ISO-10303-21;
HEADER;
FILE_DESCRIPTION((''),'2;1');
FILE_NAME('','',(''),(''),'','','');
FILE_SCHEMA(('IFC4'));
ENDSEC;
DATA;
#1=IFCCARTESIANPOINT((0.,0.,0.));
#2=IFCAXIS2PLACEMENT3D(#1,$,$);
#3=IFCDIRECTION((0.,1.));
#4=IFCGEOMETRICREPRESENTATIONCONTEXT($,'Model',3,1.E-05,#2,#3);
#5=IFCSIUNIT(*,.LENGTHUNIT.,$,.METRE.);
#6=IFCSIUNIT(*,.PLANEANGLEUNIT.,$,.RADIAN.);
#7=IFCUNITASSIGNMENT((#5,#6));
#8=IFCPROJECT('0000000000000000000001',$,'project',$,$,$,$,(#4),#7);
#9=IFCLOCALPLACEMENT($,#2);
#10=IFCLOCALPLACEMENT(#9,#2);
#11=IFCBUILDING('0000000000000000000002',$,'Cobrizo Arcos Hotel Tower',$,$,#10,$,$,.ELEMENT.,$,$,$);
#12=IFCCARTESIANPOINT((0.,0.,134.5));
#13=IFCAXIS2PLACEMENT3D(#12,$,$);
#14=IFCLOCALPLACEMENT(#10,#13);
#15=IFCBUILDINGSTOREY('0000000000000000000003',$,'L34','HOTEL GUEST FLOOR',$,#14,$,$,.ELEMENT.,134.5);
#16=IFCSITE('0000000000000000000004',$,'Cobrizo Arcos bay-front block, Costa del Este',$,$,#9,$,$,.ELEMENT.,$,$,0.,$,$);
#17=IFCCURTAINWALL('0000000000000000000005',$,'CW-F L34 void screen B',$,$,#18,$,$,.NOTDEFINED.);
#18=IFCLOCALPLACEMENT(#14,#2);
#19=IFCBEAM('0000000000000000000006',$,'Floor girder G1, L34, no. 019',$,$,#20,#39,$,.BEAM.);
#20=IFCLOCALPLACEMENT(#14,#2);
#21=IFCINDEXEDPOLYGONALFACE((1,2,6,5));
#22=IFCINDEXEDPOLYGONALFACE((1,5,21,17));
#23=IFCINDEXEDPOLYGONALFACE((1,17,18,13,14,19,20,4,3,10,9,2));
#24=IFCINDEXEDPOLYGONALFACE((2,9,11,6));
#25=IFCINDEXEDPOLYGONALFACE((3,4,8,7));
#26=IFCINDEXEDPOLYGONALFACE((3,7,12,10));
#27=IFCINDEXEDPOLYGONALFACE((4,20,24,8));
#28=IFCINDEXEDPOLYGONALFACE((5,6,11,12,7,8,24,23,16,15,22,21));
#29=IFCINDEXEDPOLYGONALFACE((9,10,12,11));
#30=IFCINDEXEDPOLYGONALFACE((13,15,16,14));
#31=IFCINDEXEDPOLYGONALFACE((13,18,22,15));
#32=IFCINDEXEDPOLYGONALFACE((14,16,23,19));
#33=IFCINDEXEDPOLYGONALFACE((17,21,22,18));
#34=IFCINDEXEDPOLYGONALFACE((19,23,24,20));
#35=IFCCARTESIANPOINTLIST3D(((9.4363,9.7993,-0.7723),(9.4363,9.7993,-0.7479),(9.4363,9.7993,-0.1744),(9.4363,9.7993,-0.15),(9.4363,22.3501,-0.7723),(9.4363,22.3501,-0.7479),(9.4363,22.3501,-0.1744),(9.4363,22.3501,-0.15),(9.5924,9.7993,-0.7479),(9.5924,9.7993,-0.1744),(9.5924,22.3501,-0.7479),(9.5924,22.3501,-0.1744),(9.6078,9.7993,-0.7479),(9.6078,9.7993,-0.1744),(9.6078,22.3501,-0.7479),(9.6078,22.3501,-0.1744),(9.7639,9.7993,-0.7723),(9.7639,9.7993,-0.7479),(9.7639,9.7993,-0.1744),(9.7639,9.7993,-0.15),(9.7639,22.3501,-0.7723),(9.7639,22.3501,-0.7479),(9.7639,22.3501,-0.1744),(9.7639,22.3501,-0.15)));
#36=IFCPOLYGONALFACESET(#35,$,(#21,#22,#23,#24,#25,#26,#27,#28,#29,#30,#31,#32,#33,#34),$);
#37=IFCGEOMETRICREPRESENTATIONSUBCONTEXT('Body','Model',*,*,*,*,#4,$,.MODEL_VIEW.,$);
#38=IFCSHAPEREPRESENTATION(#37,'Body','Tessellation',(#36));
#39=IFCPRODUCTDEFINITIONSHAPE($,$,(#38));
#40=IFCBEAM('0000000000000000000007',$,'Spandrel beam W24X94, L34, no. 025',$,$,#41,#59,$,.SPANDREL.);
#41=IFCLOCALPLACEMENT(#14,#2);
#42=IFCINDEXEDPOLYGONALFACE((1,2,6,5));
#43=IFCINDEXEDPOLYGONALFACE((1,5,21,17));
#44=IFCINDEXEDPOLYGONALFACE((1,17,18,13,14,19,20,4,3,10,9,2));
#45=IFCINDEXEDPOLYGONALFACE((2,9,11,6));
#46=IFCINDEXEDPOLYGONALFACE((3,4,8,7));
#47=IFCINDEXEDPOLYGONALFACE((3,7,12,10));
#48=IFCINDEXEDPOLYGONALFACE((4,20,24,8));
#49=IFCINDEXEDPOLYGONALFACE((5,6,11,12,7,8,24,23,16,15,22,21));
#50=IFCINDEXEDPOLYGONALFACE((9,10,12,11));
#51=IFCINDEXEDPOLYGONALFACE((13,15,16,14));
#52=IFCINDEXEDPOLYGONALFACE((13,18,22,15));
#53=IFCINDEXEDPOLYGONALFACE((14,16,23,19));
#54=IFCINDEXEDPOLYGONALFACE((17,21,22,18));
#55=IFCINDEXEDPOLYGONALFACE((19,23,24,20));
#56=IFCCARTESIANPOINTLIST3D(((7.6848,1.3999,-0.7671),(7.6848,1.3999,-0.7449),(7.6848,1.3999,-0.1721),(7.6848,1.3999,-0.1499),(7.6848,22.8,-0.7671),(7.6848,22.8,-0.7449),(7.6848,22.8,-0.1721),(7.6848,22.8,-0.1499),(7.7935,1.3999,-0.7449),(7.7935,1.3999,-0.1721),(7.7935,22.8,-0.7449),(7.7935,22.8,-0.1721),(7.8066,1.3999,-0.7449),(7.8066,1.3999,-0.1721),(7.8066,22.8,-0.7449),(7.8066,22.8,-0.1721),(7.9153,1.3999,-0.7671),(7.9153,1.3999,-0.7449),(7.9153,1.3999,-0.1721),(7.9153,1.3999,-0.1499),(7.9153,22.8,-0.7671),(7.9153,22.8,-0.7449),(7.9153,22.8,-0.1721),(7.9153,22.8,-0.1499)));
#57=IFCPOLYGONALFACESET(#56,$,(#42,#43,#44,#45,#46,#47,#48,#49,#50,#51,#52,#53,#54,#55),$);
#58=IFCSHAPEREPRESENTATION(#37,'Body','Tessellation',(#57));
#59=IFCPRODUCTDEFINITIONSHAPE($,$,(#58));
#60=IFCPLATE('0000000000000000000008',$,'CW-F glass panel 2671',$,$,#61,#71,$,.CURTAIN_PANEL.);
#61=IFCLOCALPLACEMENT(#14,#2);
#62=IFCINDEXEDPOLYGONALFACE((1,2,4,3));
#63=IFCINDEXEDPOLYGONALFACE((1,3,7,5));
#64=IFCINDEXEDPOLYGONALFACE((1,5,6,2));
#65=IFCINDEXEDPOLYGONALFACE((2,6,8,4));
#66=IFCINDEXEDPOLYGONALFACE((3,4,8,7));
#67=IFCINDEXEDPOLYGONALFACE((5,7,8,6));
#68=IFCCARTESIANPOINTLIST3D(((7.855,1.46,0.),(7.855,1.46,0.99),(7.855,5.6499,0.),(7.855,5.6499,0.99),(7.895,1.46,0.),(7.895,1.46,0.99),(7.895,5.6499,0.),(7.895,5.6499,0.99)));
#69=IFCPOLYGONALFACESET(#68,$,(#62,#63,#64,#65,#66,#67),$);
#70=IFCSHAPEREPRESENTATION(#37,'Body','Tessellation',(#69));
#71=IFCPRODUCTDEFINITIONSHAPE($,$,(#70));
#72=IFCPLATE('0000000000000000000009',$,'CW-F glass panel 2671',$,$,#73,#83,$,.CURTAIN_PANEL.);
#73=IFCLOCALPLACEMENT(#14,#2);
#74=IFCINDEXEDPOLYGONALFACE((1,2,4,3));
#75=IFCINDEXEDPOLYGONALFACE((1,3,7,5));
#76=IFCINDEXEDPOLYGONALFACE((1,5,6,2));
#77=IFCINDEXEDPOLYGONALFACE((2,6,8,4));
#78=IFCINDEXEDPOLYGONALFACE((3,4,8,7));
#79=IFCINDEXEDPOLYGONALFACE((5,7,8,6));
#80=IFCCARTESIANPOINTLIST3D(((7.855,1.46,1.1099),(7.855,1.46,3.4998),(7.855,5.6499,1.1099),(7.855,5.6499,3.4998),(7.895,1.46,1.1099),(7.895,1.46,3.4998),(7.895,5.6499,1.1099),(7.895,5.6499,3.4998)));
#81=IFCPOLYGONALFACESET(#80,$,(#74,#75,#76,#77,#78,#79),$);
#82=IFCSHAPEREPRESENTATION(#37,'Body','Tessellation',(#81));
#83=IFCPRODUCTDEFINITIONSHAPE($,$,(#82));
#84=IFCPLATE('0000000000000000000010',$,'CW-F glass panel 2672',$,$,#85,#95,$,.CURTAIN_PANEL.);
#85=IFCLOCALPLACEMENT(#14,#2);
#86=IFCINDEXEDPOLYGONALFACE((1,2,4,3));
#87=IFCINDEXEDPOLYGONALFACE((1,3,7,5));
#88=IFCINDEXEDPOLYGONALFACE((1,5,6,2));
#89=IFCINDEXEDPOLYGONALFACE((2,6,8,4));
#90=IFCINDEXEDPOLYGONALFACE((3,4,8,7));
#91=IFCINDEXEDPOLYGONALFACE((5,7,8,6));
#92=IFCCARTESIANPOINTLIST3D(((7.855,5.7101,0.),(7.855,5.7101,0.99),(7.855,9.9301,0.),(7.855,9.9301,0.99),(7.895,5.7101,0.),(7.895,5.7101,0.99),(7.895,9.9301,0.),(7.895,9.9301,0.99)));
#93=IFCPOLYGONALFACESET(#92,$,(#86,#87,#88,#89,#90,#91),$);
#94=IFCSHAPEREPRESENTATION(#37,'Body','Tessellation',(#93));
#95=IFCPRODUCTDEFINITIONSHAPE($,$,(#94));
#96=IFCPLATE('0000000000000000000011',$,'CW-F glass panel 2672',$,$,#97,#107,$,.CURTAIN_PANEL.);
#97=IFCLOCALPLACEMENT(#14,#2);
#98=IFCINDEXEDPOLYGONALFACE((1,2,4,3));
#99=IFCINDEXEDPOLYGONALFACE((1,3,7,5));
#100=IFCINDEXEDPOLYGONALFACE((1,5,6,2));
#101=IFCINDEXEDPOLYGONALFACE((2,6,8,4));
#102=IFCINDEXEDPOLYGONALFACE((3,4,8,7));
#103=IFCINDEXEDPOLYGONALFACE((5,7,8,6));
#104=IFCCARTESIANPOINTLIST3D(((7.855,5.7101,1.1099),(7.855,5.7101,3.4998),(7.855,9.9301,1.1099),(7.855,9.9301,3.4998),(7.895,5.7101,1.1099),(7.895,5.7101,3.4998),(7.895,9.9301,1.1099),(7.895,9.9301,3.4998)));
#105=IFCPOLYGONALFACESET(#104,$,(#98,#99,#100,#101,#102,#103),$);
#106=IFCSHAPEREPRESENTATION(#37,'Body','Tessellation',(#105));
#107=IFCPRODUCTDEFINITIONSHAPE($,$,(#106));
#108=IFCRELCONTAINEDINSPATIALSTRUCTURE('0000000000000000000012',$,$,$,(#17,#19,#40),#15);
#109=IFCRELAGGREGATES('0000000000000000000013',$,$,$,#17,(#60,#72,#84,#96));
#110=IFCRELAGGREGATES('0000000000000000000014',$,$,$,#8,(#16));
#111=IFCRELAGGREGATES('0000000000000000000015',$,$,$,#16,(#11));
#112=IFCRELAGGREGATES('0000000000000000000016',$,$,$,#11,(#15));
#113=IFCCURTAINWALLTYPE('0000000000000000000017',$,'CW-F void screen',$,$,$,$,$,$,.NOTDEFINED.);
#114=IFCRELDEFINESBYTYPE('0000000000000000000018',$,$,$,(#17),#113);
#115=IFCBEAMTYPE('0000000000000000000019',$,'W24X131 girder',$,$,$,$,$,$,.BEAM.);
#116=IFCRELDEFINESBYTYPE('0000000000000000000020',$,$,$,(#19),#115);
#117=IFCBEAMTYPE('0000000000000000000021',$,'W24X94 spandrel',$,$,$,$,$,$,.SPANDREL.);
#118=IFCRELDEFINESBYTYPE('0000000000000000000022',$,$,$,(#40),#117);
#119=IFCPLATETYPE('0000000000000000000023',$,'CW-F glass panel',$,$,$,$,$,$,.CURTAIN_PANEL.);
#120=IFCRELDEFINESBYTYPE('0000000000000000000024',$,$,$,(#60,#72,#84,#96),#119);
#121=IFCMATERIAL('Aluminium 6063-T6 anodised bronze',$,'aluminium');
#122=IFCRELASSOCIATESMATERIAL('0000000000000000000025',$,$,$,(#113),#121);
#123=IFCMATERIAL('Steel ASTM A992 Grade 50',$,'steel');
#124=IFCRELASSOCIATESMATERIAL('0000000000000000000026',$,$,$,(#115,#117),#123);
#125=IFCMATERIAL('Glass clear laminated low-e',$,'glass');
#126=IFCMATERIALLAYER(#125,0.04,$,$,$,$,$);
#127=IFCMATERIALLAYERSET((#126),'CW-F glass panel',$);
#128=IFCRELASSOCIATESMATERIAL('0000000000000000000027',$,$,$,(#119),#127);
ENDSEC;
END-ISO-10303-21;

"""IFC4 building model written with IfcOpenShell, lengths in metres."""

from ifc_helpers import new_model, si_unit, direction, frame, origin, origin_2d, place, context, subcontext, project, spatial, rectangle, i_section, extrude, material, layer, layer_set, material_profile, profile_set, type_object, element, aggregate, save


model = new_model("IFC4")

# Units and contexts
model_context = context("Model", 3, precision=1e-05, world=origin(), true_north=direction((0.0, 1.0)))
body_context = subcontext(model_context, "Body", "Model", "MODEL_VIEW")
ifc_project = project(units=[si_unit("LENGTHUNIT", "METRE"), si_unit("PLANEANGLEUNIT", "RADIAN")], contexts=[model_context])

# Site, building, storey
site_placement = place(None, origin())
site = spatial("IfcSite", under=ifc_project, at=site_placement, Name="Cobrizo Arcos bay-front block, Costa del Este", CompositionType="ELEMENT", RefElevation=0.0)
building_placement = place(site_placement, origin())
building = spatial("IfcBuilding", under=site, at=building_placement, Name="Cobrizo Arcos Hotel Tower", CompositionType="ELEMENT")
storey_placement = place(building_placement, frame((0.0, 0.0, 134.5)))
storey = spatial("IfcBuildingStorey", under=building, at=storey_placement, Name="L34", Description="HOTEL GUEST FLOOR", CompositionType="ELEMENT", Elevation=134.5)

# Shared definitions
ifc_material_1 = material(Name="Steel ASTM A992 Grade 50", Category="steel")

# Shared definitions
ifc_material_2 = material(Name="Aluminium 6063-T6 anodised bronze", Category="aluminium")
curtain_wall_type = type_object("IfcCurtainWallType", Name="CW-F void screen", PredefinedType="NOTDEFINED", material=ifc_material_2)

# Curtain wall
curtain_wall_1_placement = place(storey_placement, origin())
curtain_wall_1 = element("IfcCurtainWall", 1, at=curtain_wall_1_placement, inside=storey, type_object=curtain_wall_type, Name="CW-F L34 void screen B", PredefinedType="NOTDEFINED")

# Beams
ifc_material_profile_1 = material_profile(ifc_material_1, i_section(OverallWidth=0.3276, OverallDepth=0.6223, WebThickness=0.0154, FlangeThickness=0.0244, at=origin_2d()), Name="W24X131")
ifc_profile_set_1 = profile_set([ifc_material_profile_1], Name="Steel ASTM A992 Grade 50")
beam_type_1 = type_object("IfcBeamType", Name="W24X131 girder", PredefinedType="BEAM", material=ifc_profile_set_1)
beam_1_placement = place(storey_placement, frame((9.6001, 9.7993, -0.4612), z_axis=(0.0, 1.0, 0.0), x_axis=(-1.0, 0.0, 0.0)))
element("IfcBeam", 2, at=beam_1_placement, inside=storey, type_object=beam_type_1, Name="Floor girder G1, L34, no. 019", PredefinedType="BEAM", context=body_context, shape_type="SweptSolid", body=[
    extrude(i_section(OverallWidth=0.3276, OverallDepth=0.6223, WebThickness=0.0154, FlangeThickness=0.0244, at=origin_2d()), origin(), (0.0, 0.0, 1.0), 12.5508),
])
ifc_material_profile_2 = material_profile(ifc_material_1, i_section(OverallWidth=0.2305, OverallDepth=0.6172, WebThickness=0.0132, FlangeThickness=0.0222, at=origin_2d()), Name="W24X94")
ifc_profile_set_2 = profile_set([ifc_material_profile_2], Name="Steel ASTM A992 Grade 50")
beam_type_2 = type_object("IfcBeamType", Name="W24X94 spandrel", PredefinedType="SPANDREL", material=ifc_profile_set_2)
beam_2_placement = place(storey_placement, frame((7.8, 1.3999, -0.4585), z_axis=(0.0, 1.0, 0.0), x_axis=(-1.0, 0.0, 0.0)))
element("IfcBeam", 3, at=beam_2_placement, inside=storey, type_object=beam_type_2, Name="Spandrel beam W24X94, L34, no. 025", PredefinedType="SPANDREL", context=body_context, shape_type="SweptSolid", body=[
    extrude(i_section(OverallWidth=0.2305, OverallDepth=0.6172, WebThickness=0.0132, FlangeThickness=0.0222, at=origin_2d()), origin(), (0.0, 0.0, 1.0), 21.4001),
])

# Plates
ifc_material_3 = material(Name="Glass clear laminated low-e", Category="glass")
ifc_layer_1 = layer(ifc_material_3, 0.04)
ifc_layer_set_1 = layer_set([ifc_layer_1], Name="CW-F glass panel")
plate_type = type_object("IfcPlateType", Name="CW-F glass panel", PredefinedType="CURTAIN_PANEL", material=ifc_layer_set_1)
plate_1_placement = place(storey_placement, frame((7.875, 3.5549, 0.0), z_axis=(0.0, 0.0, 1.0), x_axis=(0.0, 1.0, 0.0)))
plate_1 = element("IfcPlate", 4, at=plate_1_placement, type_object=plate_type, Name="CW-F glass panel 2671", PredefinedType="CURTAIN_PANEL", context=body_context, shape_type="SweptSolid", body=[
    extrude(rectangle(XDim=4.1899, YDim=0.04, at=origin_2d()), origin(), (0.0, 0.0, 1.0), 0.99),
])
plate_2_placement = place(storey_placement, frame((7.875, 3.5549, 1.1099), z_axis=(0.0, 0.0, 1.0), x_axis=(0.0, 1.0, 0.0)))
plate_2 = element("IfcPlate", 5, at=plate_2_placement, type_object=plate_type, Name="CW-F glass panel 2671", PredefinedType="CURTAIN_PANEL", context=body_context, shape_type="SweptSolid", body=[
    extrude(rectangle(XDim=4.1899, YDim=0.04, at=origin_2d()), origin(), (0.0, 0.0, 1.0), 2.3899),
])
plate_3_placement = place(storey_placement, frame((7.875, 7.8201, 0.0), z_axis=(0.0, 0.0, 1.0), x_axis=(0.0, 1.0, 0.0)))
plate_3 = element("IfcPlate", 6, at=plate_3_placement, type_object=plate_type, Name="CW-F glass panel 2672", PredefinedType="CURTAIN_PANEL", context=body_context, shape_type="SweptSolid", body=[
    extrude(rectangle(XDim=4.22, YDim=0.04, at=origin_2d()), origin(), (0.0, 0.0, 1.0), 0.99),
])
plate_4_placement = place(storey_placement, frame((7.875, 7.8201, 1.1099), z_axis=(0.0, 0.0, 1.0), x_axis=(0.0, 1.0, 0.0)))
plate_4 = element("IfcPlate", 7, at=plate_4_placement, type_object=plate_type, Name="CW-F glass panel 2672", PredefinedType="CURTAIN_PANEL", context=body_context, shape_type="SweptSolid", body=[
    extrude(rectangle(XDim=4.22, YDim=0.04, at=origin_2d()), origin(), (0.0, 0.0, 1.0), 2.3899),
])
aggregate(curtain_wall_1, [plate_1, plate_2, plate_3, plate_4])

save(model, "model.ifc")
